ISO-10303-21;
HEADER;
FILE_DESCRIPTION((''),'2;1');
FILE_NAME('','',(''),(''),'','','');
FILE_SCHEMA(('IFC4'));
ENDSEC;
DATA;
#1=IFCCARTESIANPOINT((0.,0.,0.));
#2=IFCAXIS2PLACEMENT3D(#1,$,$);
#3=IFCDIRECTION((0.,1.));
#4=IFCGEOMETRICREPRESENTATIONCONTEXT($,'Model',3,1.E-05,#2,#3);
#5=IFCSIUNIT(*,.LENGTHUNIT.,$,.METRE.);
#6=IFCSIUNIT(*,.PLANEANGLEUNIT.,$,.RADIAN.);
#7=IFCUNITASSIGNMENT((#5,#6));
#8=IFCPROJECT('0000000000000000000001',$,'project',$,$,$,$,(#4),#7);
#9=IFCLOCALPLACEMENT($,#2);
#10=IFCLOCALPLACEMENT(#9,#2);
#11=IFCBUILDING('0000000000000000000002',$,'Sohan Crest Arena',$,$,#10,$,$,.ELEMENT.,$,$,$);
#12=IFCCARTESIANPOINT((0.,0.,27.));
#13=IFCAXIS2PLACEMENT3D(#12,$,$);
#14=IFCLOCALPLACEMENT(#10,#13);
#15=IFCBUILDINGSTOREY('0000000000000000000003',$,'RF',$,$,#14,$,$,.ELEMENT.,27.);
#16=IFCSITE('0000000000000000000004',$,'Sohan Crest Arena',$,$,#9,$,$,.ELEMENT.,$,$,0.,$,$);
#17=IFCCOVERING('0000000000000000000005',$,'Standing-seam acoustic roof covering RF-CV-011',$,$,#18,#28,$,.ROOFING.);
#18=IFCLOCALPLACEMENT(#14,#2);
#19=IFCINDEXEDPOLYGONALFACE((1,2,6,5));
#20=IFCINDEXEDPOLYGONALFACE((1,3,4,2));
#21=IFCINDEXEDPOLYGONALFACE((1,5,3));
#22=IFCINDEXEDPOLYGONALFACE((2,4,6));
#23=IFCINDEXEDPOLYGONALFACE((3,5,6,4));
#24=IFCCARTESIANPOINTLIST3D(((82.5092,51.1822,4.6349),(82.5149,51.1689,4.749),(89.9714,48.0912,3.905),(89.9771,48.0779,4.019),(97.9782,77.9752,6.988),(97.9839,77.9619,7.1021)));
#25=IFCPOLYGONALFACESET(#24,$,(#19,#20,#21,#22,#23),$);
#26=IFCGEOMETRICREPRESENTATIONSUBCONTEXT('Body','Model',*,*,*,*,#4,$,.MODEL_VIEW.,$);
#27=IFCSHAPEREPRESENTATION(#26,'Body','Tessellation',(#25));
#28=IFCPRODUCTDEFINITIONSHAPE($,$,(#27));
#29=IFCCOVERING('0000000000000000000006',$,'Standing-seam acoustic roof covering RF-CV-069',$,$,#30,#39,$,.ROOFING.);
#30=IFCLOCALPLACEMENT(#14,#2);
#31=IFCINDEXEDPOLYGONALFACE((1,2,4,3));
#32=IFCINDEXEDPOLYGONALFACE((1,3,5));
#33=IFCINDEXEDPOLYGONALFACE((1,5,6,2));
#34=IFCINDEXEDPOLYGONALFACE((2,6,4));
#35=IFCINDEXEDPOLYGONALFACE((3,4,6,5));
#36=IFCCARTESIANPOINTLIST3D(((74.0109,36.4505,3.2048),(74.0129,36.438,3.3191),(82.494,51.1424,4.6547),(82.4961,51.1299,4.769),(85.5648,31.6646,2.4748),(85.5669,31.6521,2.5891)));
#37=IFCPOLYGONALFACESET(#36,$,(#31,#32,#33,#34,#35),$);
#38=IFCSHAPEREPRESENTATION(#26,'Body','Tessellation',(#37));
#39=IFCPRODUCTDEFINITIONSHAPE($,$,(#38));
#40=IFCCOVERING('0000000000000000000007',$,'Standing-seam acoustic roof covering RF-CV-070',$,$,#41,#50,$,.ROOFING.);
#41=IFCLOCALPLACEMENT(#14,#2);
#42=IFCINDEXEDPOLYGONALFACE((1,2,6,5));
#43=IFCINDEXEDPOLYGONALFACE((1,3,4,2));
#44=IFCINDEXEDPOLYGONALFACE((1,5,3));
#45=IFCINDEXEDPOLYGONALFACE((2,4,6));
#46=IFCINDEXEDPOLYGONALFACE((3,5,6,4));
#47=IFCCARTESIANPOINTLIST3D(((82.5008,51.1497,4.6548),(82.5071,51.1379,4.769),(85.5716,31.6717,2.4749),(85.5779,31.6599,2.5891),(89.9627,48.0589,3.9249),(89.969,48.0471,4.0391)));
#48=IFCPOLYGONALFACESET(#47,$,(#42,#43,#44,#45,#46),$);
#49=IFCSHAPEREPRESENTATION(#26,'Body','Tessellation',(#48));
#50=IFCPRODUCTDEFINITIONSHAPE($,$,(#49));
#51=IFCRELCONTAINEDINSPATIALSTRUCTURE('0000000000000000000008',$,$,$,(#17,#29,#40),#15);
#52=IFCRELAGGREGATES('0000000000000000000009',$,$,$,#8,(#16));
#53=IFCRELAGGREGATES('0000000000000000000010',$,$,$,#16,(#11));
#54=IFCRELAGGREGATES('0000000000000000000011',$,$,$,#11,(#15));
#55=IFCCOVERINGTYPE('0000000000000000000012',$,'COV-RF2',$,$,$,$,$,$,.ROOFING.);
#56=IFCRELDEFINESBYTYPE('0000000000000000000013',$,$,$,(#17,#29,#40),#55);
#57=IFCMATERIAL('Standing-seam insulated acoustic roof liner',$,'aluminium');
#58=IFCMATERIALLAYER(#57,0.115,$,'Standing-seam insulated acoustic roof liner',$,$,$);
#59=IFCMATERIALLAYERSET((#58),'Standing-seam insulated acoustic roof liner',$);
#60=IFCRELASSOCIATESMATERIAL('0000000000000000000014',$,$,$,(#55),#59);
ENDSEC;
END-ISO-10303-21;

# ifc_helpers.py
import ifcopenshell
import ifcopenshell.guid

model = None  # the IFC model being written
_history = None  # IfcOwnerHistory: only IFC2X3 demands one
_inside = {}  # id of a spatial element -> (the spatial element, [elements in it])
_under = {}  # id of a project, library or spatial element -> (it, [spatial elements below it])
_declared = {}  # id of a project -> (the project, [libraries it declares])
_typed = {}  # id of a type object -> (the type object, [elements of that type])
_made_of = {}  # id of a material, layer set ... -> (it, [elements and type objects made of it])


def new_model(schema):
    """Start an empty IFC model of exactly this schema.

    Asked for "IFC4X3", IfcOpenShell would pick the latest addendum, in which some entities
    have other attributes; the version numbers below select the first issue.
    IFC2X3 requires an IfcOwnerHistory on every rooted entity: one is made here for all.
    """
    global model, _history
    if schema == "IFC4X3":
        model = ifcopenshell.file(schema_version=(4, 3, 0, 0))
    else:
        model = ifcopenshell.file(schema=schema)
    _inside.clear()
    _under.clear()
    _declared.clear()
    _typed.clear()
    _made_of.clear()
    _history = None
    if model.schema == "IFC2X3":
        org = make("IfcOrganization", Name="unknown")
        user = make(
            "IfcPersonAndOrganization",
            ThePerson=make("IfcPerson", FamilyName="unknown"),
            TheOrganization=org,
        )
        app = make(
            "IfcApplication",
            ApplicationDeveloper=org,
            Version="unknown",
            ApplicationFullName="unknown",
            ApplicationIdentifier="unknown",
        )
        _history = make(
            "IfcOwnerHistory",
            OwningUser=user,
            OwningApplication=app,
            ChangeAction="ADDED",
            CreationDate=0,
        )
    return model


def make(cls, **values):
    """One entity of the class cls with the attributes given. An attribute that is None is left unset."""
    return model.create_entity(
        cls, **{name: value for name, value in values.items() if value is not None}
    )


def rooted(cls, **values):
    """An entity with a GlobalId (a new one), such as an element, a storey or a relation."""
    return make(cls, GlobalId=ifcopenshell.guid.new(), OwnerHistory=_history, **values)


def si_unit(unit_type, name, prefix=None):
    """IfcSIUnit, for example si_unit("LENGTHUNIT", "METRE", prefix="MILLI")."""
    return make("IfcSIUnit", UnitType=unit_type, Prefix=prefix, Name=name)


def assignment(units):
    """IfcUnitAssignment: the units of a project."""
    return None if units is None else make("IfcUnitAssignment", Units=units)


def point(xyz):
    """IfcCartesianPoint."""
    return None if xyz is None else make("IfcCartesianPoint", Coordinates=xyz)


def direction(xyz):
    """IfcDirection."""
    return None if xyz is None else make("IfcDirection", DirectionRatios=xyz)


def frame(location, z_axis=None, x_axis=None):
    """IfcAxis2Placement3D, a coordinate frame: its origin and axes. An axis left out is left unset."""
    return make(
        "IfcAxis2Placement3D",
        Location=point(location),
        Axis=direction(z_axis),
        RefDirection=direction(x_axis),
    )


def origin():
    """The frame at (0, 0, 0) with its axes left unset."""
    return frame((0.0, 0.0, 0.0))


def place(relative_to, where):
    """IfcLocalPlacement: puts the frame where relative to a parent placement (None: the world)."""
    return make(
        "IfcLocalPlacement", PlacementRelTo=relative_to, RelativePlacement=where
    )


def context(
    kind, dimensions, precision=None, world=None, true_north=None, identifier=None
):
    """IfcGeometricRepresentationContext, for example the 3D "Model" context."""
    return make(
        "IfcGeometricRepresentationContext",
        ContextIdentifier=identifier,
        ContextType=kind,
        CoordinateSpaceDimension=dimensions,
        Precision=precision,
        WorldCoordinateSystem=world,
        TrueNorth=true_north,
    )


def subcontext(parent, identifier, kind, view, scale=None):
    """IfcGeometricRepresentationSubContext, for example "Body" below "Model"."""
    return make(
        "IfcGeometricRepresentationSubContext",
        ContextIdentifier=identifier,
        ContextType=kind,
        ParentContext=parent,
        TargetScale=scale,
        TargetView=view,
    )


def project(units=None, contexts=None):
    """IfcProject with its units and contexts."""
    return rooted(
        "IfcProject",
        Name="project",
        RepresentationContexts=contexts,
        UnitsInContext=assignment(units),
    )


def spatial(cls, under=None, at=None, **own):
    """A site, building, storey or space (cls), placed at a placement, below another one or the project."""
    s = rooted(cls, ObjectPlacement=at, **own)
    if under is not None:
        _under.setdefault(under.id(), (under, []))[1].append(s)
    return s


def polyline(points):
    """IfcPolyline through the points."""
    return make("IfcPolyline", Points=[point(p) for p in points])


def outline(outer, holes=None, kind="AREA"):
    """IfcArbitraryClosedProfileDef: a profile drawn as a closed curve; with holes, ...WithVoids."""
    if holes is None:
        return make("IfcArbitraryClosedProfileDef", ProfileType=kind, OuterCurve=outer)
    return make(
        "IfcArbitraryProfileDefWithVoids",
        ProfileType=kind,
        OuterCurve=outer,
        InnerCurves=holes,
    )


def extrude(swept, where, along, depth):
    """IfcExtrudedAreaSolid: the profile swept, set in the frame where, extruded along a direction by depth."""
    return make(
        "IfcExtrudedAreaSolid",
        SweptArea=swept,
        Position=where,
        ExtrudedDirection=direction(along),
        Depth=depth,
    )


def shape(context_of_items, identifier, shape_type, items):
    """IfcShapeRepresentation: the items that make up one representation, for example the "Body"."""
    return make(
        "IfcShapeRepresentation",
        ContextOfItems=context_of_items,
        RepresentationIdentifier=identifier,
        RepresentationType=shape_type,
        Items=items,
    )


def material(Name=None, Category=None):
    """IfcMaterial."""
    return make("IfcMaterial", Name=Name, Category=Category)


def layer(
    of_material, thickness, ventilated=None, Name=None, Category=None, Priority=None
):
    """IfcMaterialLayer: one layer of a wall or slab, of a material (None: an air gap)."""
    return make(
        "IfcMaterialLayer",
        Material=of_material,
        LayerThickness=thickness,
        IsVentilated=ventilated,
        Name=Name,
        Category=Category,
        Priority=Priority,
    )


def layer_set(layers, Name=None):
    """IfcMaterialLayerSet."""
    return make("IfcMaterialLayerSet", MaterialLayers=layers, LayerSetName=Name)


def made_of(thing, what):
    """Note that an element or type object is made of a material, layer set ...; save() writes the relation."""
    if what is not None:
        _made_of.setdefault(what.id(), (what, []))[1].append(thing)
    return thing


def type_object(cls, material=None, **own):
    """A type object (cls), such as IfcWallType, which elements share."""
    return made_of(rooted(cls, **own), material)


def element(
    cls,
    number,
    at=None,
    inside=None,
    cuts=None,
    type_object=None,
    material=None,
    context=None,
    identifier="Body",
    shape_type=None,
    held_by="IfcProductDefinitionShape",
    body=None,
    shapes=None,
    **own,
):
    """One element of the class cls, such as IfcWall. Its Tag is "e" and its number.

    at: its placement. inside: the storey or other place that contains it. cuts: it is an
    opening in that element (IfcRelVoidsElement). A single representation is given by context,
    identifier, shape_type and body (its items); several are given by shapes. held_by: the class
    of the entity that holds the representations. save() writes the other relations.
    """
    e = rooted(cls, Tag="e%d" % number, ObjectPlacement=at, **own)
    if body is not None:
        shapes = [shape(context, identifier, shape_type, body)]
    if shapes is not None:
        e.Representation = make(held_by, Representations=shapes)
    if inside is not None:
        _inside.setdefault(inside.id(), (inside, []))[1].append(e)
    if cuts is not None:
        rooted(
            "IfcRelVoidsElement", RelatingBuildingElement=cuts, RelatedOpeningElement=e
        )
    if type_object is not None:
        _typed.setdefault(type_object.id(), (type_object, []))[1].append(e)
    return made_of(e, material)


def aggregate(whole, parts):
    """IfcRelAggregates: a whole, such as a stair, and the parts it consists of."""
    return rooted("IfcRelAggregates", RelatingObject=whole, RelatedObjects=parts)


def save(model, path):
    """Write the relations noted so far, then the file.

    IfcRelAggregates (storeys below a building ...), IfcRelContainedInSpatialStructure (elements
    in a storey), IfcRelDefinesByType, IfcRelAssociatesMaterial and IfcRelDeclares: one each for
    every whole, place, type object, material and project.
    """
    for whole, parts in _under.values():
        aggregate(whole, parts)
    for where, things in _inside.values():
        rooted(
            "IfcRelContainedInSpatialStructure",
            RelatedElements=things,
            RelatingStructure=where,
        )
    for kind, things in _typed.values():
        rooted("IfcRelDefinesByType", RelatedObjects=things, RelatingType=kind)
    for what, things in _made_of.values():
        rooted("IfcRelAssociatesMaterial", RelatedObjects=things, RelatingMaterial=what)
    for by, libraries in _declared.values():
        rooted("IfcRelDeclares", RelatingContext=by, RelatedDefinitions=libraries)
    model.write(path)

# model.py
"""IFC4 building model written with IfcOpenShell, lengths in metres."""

from ifc_helpers import new_model, si_unit, direction, frame, origin, place, context, subcontext, project, spatial, polyline, outline, extrude, material, layer, layer_set, type_object, element, save


model = new_model("IFC4")

# Units and contexts
model_context = context("Model", 3, precision=1e-05, world=origin(), true_north=direction((0.0, 1.0)))
body_context = subcontext(model_context, "Body", "Model", "MODEL_VIEW")
ifc_project = project(units=[si_unit("LENGTHUNIT", "METRE"), si_unit("PLANEANGLEUNIT", "RADIAN")], contexts=[model_context])

# Site, building, storey
site_placement = place(None, origin())
site = spatial("IfcSite", under=ifc_project, at=site_placement, Name="Sohan Crest Arena", CompositionType="ELEMENT", RefElevation=0.0)
building_placement = place(site_placement, origin())
building = spatial("IfcBuilding", under=site, at=building_placement, Name="Sohan Crest Arena", CompositionType="ELEMENT")
storey_placement = place(building_placement, frame((0.0, 0.0, 27.0)))
storey = spatial("IfcBuildingStorey", under=building, at=storey_placement, Name="RF", CompositionType="ELEMENT", Elevation=27.0)

# Coverings
ifc_material_1 = material(Name="Standing-seam insulated acoustic roof liner", Category="aluminium")
ifc_layer_1 = layer(ifc_material_1, 0.115, Name="Standing-seam insulated acoustic roof liner")
ifc_layer_set_1 = layer_set([ifc_layer_1], Name="Standing-seam insulated acoustic roof liner")
covering_type = type_object("IfcCoveringType", Name="COV-RF2", PredefinedType="ROOFING", material=ifc_layer_set_1)
covering_1_placement = place(storey_placement, frame((82.5149, 51.1689, 4.749), z_axis=(0.049194, -0.11553, 0.992085), x_axis=(0.920123, -0.381145, -0.09001)))
element("IfcCovering", 1, at=covering_1_placement, inside=storey, type_object=covering_type, Name="Standing-seam acoustic roof covering RF-CV-011", PredefinedType="ROOFING", context=body_context, shape_type="SweptSolid", body=[
    extrude(outline(polyline([(0.0, 0.0), (8.11, 0.0), (3.8096, 30.7925), (0.0, 0.0)])), origin(), (0.0, 0.0, -1.0), 0.115),
])
covering_2_placement = place(storey_placement, frame((82.4961, 51.1299, 4.769), z_axis=(0.017887, -0.108421, 0.993944), x_axis=(-0.498218, -0.86286, -0.085156)))
element("IfcCovering", 2, at=covering_2_placement, inside=storey, type_object=covering_type, Name="Standing-seam acoustic roof covering RF-CV-069", PredefinedType="ROOFING", context=body_context, shape_type="SweptSolid", body=[
    extrude(outline(polyline([(0.0, 0.0), (17.027, 0.0), (15.4623, 12.4291), (0.0, 0.0)])), origin(), (0.0, 0.0, -1.0), 0.115),
])
covering_3_placement = place(storey_placement, frame((82.5071, 51.1379, 4.769), z_axis=(0.054693, -0.102537, 0.993225), x_axis=(0.154788, -0.981818, -0.109883)))
element("IfcCovering", 3, at=covering_3_placement, inside=storey, type_object=covering_type, Name="Standing-seam acoustic roof covering RF-CV-070", PredefinedType="ROOFING", context=body_context, shape_type="SweptSolid", body=[
    extrude(outline(polyline([(0.0, 0.0), (19.8387, 0.0), (4.2699, 6.8945), (0.0, 0.0)])), origin(), (0.0, 0.0, -1.0), 0.115),
])

save(model, "model.ifc")
